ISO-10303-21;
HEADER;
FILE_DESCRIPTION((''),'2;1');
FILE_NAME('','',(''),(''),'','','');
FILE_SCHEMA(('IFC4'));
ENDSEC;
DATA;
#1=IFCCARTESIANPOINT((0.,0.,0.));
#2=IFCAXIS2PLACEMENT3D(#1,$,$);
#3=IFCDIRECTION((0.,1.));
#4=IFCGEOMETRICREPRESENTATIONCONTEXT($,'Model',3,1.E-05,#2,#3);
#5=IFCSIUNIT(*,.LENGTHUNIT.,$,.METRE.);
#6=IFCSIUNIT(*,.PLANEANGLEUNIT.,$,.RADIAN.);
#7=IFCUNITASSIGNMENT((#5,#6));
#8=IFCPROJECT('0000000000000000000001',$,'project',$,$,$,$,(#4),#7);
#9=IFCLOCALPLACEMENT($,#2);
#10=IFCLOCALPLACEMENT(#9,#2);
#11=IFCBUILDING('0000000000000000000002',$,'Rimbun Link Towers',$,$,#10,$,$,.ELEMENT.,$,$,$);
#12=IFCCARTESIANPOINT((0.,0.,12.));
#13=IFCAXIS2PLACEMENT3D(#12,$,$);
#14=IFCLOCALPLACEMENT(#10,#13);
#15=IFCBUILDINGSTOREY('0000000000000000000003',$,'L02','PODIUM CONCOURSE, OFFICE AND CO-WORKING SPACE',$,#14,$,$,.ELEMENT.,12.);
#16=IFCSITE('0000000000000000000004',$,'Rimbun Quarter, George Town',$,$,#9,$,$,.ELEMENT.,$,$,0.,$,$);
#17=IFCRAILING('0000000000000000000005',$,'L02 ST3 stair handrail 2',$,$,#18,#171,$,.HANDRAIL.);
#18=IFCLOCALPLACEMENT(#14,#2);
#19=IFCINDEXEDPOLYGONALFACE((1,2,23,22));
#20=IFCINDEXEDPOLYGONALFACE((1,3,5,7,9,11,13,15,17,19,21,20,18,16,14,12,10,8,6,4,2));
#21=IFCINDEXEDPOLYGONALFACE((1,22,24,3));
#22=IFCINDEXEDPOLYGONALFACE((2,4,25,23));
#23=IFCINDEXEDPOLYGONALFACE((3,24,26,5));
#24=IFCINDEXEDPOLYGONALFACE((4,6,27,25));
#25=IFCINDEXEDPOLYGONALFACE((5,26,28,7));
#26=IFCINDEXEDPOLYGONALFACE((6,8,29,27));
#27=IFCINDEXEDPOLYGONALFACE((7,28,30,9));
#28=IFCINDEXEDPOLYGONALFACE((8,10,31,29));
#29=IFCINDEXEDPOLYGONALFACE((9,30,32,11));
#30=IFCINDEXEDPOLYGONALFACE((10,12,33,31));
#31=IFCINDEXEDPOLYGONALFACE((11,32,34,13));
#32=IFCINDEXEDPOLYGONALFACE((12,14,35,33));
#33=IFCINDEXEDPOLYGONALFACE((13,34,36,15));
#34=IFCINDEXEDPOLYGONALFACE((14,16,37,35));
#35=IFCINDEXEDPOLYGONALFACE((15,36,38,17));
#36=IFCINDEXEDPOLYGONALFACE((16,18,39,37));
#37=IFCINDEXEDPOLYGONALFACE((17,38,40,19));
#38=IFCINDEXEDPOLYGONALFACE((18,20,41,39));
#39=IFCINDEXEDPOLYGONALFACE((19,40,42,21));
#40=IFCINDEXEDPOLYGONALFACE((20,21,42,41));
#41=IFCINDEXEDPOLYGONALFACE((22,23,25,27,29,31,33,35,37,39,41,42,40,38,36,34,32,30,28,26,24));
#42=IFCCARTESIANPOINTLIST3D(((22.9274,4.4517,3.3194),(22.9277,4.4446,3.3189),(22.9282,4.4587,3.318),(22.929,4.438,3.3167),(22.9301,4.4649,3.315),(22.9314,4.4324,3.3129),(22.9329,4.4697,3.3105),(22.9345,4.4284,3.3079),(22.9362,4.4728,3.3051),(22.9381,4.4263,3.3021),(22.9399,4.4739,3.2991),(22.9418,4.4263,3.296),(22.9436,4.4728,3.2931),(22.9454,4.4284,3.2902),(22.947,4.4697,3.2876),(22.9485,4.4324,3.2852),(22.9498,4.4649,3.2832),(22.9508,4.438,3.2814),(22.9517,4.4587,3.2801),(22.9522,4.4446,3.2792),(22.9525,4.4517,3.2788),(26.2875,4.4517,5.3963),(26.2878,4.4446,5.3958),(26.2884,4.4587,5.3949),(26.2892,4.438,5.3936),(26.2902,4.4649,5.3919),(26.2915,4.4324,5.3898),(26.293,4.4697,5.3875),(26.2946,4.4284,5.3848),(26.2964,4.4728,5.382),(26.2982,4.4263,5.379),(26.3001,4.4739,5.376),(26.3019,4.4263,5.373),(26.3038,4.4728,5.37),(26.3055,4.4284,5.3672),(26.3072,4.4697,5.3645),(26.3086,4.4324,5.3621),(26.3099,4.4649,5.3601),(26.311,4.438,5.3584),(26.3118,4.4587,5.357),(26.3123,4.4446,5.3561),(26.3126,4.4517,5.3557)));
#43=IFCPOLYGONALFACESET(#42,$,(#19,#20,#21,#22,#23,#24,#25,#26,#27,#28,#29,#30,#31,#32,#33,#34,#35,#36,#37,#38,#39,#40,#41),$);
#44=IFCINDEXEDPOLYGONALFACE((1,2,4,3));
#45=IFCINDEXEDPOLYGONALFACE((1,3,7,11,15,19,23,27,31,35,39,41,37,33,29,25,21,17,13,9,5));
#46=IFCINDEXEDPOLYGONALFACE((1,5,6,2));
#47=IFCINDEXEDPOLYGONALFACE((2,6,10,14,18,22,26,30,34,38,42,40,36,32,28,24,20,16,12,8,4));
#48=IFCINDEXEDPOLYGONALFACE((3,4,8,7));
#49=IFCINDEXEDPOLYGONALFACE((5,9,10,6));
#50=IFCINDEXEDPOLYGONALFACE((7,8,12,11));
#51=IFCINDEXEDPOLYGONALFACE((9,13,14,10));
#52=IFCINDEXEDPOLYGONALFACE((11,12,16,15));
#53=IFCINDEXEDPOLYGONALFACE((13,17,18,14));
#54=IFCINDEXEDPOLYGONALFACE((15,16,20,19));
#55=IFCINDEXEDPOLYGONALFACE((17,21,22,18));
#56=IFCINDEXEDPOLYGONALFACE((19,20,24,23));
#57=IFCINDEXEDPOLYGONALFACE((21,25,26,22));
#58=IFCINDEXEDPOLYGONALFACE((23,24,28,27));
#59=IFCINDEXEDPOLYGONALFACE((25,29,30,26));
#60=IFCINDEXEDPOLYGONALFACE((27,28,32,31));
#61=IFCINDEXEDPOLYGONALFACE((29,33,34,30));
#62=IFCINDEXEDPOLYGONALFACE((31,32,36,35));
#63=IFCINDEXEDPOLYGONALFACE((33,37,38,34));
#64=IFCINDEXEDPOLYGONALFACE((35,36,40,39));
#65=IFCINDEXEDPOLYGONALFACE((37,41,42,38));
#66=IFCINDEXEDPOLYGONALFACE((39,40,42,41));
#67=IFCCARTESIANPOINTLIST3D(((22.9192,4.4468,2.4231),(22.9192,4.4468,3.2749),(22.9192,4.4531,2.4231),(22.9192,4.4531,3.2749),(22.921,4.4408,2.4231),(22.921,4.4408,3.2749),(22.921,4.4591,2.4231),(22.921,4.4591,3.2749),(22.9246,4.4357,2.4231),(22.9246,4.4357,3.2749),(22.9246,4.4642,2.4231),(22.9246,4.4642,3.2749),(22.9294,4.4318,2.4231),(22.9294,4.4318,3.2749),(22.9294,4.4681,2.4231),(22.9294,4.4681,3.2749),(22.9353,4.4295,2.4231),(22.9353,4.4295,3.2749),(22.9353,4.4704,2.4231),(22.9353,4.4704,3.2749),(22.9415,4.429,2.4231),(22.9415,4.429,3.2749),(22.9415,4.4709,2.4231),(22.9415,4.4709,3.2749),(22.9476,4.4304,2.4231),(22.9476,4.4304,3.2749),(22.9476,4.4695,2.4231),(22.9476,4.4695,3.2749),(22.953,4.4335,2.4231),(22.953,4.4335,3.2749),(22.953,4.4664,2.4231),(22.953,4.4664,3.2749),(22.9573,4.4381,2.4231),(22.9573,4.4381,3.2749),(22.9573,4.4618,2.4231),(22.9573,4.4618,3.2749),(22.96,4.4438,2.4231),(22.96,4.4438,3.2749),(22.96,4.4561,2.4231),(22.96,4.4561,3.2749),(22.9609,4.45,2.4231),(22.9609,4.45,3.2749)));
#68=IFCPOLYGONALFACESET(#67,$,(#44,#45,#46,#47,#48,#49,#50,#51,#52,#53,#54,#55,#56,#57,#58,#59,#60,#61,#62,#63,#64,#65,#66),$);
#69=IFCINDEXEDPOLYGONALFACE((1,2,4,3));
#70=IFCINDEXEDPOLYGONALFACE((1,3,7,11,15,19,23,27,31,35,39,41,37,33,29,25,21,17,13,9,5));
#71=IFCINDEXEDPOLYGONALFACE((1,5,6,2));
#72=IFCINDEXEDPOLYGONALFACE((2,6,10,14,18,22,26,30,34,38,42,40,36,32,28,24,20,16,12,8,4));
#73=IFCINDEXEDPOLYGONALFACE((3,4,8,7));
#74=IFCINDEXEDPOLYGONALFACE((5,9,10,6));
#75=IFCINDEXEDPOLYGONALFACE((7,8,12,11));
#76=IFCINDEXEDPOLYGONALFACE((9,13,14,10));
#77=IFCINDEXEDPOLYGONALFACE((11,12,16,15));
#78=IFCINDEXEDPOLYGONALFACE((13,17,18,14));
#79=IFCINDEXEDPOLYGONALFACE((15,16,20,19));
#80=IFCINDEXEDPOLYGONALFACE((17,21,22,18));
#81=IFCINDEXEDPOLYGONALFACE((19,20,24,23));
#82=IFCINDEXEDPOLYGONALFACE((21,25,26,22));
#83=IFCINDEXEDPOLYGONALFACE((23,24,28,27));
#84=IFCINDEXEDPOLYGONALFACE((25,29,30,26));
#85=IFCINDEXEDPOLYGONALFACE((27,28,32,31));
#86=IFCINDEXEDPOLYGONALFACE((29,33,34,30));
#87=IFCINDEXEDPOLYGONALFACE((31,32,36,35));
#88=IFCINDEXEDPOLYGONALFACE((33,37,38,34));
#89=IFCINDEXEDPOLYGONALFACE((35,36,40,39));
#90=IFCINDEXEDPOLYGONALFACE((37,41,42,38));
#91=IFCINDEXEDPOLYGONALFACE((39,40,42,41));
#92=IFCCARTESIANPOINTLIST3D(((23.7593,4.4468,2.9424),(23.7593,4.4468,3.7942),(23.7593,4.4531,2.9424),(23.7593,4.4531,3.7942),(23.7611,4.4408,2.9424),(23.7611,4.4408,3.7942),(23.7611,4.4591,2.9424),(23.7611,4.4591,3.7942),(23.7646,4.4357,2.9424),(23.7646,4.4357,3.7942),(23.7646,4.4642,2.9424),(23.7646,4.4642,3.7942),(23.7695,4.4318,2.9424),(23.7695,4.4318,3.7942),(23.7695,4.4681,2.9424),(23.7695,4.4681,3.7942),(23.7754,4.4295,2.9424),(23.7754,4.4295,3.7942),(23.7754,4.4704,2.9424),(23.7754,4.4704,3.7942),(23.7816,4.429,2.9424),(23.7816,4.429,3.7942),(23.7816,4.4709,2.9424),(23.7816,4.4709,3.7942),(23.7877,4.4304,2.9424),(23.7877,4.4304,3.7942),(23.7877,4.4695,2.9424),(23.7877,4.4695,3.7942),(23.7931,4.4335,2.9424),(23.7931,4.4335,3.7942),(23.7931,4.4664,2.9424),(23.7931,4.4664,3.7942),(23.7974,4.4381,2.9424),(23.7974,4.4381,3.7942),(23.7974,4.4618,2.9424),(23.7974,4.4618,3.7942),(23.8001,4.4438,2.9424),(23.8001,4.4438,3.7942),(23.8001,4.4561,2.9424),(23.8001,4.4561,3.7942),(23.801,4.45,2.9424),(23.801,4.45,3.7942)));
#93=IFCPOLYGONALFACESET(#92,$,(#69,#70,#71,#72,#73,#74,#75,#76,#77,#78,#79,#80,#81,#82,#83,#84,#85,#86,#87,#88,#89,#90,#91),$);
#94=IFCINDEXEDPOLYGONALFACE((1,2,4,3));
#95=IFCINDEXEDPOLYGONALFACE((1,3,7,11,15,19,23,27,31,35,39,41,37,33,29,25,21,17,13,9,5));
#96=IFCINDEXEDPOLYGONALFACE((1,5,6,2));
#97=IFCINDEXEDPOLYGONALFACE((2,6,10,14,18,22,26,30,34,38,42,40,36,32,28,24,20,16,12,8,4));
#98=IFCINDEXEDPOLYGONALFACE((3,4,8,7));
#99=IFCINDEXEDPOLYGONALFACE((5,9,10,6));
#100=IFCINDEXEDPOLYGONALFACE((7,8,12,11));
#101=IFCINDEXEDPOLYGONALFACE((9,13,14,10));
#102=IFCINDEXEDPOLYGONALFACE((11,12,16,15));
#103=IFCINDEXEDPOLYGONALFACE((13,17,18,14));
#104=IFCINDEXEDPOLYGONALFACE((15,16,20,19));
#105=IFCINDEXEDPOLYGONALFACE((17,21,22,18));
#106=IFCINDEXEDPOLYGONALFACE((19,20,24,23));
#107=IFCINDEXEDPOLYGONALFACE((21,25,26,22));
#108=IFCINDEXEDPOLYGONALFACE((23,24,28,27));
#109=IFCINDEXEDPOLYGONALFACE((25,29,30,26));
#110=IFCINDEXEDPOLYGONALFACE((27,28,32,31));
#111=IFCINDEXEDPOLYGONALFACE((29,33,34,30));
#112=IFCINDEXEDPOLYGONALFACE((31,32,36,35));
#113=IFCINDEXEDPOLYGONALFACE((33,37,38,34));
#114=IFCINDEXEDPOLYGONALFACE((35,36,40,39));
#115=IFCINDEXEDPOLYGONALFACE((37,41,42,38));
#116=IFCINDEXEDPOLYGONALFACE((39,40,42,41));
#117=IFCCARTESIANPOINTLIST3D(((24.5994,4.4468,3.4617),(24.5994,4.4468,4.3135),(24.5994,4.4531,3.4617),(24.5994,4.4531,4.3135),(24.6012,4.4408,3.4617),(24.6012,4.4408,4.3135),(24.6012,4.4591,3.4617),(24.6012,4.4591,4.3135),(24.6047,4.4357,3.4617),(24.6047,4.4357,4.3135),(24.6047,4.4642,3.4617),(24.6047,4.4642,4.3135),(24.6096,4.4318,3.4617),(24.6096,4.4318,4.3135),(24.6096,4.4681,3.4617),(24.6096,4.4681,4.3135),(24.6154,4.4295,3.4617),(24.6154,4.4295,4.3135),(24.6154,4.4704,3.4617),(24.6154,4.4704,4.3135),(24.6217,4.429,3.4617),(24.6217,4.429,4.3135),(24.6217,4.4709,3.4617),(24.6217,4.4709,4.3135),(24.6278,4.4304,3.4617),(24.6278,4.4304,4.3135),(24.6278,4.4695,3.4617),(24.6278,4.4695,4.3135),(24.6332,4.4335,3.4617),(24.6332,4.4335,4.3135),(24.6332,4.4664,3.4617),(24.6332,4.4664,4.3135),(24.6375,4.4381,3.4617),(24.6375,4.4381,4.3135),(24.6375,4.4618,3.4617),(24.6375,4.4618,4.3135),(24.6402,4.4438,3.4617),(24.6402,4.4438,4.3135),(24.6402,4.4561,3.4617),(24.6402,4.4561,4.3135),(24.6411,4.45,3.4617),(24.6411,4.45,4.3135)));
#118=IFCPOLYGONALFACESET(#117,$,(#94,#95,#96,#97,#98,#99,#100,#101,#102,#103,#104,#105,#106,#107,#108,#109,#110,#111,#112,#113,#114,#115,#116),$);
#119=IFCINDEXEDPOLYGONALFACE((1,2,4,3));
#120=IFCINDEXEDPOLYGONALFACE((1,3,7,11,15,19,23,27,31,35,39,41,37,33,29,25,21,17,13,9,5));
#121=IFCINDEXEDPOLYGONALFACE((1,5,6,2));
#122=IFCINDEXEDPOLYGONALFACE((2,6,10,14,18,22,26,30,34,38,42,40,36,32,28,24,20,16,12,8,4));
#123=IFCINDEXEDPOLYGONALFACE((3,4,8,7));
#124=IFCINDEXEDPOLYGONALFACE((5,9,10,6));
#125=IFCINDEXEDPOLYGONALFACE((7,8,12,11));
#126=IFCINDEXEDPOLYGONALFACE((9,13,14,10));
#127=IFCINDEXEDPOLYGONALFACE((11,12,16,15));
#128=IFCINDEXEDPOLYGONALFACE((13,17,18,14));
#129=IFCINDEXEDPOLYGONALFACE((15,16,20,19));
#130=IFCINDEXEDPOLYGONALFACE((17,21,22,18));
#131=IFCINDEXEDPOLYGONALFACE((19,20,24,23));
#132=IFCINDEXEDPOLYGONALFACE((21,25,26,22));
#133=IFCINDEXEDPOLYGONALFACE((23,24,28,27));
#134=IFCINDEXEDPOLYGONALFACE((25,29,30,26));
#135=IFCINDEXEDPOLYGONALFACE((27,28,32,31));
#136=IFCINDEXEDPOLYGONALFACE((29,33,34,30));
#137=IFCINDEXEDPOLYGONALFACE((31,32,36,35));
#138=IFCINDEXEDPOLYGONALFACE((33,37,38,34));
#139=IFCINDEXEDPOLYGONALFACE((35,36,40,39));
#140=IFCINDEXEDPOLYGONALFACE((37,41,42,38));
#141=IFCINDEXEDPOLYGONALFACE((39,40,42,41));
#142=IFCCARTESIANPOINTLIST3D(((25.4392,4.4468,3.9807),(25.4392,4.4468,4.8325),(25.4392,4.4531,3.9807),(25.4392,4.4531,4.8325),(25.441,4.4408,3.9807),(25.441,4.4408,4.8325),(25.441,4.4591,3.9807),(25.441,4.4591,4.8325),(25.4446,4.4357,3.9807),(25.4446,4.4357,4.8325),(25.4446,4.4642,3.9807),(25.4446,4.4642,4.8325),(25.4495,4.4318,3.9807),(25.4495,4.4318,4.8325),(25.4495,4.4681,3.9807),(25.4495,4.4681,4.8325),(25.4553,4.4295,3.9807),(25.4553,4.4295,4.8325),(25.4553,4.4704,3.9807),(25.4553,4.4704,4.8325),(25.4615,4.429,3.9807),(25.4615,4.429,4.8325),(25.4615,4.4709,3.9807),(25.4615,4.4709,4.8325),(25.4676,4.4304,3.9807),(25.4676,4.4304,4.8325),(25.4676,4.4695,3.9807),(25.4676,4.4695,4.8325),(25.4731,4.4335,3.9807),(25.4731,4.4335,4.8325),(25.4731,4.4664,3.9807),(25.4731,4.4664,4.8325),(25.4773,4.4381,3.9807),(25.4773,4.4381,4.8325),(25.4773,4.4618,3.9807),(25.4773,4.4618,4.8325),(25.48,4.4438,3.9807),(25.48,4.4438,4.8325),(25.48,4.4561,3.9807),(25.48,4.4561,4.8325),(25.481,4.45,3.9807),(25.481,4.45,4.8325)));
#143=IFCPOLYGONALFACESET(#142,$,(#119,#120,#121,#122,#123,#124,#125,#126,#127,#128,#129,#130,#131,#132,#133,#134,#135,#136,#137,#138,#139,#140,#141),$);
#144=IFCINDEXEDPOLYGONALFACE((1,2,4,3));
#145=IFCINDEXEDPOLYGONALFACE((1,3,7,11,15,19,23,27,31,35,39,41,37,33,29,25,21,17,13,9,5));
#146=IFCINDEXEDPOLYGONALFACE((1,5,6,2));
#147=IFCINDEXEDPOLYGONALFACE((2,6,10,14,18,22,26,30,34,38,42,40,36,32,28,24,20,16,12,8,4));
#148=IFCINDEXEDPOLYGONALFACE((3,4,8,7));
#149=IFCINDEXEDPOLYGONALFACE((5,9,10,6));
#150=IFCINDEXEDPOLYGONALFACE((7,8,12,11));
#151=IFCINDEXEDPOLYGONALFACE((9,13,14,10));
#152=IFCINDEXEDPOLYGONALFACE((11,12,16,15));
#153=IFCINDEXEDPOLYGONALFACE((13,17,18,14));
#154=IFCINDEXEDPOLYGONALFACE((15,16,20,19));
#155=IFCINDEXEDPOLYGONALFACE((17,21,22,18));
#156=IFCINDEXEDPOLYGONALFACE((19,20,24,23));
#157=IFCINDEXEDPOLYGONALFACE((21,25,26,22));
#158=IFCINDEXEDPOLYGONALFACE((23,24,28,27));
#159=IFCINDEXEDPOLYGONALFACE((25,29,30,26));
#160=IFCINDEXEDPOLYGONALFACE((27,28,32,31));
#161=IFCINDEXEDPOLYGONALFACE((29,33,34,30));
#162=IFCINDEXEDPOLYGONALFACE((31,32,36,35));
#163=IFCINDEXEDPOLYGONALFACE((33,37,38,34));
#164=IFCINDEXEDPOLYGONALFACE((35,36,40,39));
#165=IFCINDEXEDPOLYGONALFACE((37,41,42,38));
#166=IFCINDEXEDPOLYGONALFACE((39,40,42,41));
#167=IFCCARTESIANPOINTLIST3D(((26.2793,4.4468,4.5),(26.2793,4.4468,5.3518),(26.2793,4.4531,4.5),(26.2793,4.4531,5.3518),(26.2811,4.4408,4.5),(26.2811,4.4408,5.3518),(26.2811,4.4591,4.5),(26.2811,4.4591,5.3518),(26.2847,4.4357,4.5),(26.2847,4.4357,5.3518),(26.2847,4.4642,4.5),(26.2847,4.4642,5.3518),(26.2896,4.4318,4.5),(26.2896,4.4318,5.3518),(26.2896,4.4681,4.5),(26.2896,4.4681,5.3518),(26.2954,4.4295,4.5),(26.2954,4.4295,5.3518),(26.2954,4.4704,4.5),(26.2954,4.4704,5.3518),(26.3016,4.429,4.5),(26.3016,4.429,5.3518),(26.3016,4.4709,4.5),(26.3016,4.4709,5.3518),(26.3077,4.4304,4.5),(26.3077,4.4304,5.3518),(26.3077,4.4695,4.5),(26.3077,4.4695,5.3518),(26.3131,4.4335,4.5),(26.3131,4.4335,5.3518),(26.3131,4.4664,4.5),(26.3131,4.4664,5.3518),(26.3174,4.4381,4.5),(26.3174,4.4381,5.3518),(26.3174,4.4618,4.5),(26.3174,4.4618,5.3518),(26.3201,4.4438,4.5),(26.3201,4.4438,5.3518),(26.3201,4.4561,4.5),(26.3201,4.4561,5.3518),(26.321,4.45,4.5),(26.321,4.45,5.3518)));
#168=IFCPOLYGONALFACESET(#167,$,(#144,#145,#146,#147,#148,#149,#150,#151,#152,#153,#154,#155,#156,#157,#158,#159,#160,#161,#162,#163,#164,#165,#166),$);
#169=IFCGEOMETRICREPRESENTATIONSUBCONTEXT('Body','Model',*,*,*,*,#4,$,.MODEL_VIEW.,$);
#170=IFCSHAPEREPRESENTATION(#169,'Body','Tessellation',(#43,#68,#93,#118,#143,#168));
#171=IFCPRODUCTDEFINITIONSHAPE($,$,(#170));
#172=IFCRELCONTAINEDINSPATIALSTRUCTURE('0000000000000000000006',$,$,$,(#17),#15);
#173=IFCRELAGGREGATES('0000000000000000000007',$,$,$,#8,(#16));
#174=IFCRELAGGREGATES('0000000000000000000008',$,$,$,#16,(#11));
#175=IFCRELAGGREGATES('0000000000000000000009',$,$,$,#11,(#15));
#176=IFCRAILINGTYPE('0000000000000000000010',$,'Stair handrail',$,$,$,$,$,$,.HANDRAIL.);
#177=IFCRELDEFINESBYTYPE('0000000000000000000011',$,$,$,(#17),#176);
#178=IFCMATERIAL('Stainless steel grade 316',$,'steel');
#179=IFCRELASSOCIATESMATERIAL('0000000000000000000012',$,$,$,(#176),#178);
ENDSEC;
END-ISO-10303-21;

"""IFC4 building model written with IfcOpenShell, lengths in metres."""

from ifc_helpers import new_model, si_unit, direction, frame, origin, origin_2d, place, context, subcontext, project, spatial, circle, extrude, material, type_object, element, save


model = new_model("IFC4")

# Units and contexts
model_context = context("Model", 3, precision=1e-05, world=origin(), true_north=direction((0.0, 1.0)))
body_context = subcontext(model_context, "Body", "Model", "MODEL_VIEW")
ifc_project = project(units=[si_unit("LENGTHUNIT", "METRE"), si_unit("PLANEANGLEUNIT", "RADIAN")], contexts=[model_context])

# Site, building, storey
site_placement = place(None, origin())
site = spatial("IfcSite", under=ifc_project, at=site_placement, Name="Rimbun Quarter, George Town", CompositionType="ELEMENT", RefElevation=0.0)
building_placement = place(site_placement, origin())
building = spatial("IfcBuilding", under=site, at=building_placement, Name="Rimbun Link Towers", CompositionType="ELEMENT")
storey_placement = place(building_placement, frame((0.0, 0.0, 12.0)))
storey = spatial("IfcBuildingStorey", under=building, at=storey_placement, Name="L02", Description="PODIUM CONCOURSE, OFFICE AND CO-WORKING SPACE", CompositionType="ELEMENT", Elevation=12.0)

# Railing
ifc_material_1 = material(Name="Stainless steel grade 316", Category="steel")
railing_type = type_object("IfcRailingType", Name="Stair handrail", PredefinedType="HANDRAIL", material=ifc_material_1)
railing_placement = place(storey_placement, frame((22.9399, 4.45, 2.4231)))
element("IfcRailing", 1, at=railing_placement, inside=storey, type_object=railing_type, Name="L02 ST3 stair handrail 2", PredefinedType="HANDRAIL", context=body_context, shape_type="SweptSolid", body=[
    extrude(circle(Radius=0.0239, at=origin_2d()), frame((0.0, 0.0, 0.876), z_axis=(0.850623, 0.0, 0.525776), x_axis=(0.0, 1.0, 0.0)), (0.0, 0.0, 1.0), 3.9502),
    extrude(circle(Radius=0.021, at=origin_2d()), origin(), (0.0, 0.0, 1.0), 0.8518),
    extrude(circle(Radius=0.021, at=origin_2d()), frame((0.8401, 0.0, 0.5193)), (0.0, 0.0, 1.0), 0.8518),
    extrude(circle(Radius=0.021, at=origin_2d()), frame((1.6802, 0.0, 1.0386)), (0.0, 0.0, 1.0), 0.8518),
    extrude(circle(Radius=0.021, at=origin_2d()), frame((2.52, 0.0, 1.5576)), (0.0, 0.0, 1.0), 0.8518),
    extrude(circle(Radius=0.021, at=origin_2d()), frame((3.3601, 0.0, 2.0769)), (0.0, 0.0, 1.0), 0.8518),
])

save(model, "model.ifc")
